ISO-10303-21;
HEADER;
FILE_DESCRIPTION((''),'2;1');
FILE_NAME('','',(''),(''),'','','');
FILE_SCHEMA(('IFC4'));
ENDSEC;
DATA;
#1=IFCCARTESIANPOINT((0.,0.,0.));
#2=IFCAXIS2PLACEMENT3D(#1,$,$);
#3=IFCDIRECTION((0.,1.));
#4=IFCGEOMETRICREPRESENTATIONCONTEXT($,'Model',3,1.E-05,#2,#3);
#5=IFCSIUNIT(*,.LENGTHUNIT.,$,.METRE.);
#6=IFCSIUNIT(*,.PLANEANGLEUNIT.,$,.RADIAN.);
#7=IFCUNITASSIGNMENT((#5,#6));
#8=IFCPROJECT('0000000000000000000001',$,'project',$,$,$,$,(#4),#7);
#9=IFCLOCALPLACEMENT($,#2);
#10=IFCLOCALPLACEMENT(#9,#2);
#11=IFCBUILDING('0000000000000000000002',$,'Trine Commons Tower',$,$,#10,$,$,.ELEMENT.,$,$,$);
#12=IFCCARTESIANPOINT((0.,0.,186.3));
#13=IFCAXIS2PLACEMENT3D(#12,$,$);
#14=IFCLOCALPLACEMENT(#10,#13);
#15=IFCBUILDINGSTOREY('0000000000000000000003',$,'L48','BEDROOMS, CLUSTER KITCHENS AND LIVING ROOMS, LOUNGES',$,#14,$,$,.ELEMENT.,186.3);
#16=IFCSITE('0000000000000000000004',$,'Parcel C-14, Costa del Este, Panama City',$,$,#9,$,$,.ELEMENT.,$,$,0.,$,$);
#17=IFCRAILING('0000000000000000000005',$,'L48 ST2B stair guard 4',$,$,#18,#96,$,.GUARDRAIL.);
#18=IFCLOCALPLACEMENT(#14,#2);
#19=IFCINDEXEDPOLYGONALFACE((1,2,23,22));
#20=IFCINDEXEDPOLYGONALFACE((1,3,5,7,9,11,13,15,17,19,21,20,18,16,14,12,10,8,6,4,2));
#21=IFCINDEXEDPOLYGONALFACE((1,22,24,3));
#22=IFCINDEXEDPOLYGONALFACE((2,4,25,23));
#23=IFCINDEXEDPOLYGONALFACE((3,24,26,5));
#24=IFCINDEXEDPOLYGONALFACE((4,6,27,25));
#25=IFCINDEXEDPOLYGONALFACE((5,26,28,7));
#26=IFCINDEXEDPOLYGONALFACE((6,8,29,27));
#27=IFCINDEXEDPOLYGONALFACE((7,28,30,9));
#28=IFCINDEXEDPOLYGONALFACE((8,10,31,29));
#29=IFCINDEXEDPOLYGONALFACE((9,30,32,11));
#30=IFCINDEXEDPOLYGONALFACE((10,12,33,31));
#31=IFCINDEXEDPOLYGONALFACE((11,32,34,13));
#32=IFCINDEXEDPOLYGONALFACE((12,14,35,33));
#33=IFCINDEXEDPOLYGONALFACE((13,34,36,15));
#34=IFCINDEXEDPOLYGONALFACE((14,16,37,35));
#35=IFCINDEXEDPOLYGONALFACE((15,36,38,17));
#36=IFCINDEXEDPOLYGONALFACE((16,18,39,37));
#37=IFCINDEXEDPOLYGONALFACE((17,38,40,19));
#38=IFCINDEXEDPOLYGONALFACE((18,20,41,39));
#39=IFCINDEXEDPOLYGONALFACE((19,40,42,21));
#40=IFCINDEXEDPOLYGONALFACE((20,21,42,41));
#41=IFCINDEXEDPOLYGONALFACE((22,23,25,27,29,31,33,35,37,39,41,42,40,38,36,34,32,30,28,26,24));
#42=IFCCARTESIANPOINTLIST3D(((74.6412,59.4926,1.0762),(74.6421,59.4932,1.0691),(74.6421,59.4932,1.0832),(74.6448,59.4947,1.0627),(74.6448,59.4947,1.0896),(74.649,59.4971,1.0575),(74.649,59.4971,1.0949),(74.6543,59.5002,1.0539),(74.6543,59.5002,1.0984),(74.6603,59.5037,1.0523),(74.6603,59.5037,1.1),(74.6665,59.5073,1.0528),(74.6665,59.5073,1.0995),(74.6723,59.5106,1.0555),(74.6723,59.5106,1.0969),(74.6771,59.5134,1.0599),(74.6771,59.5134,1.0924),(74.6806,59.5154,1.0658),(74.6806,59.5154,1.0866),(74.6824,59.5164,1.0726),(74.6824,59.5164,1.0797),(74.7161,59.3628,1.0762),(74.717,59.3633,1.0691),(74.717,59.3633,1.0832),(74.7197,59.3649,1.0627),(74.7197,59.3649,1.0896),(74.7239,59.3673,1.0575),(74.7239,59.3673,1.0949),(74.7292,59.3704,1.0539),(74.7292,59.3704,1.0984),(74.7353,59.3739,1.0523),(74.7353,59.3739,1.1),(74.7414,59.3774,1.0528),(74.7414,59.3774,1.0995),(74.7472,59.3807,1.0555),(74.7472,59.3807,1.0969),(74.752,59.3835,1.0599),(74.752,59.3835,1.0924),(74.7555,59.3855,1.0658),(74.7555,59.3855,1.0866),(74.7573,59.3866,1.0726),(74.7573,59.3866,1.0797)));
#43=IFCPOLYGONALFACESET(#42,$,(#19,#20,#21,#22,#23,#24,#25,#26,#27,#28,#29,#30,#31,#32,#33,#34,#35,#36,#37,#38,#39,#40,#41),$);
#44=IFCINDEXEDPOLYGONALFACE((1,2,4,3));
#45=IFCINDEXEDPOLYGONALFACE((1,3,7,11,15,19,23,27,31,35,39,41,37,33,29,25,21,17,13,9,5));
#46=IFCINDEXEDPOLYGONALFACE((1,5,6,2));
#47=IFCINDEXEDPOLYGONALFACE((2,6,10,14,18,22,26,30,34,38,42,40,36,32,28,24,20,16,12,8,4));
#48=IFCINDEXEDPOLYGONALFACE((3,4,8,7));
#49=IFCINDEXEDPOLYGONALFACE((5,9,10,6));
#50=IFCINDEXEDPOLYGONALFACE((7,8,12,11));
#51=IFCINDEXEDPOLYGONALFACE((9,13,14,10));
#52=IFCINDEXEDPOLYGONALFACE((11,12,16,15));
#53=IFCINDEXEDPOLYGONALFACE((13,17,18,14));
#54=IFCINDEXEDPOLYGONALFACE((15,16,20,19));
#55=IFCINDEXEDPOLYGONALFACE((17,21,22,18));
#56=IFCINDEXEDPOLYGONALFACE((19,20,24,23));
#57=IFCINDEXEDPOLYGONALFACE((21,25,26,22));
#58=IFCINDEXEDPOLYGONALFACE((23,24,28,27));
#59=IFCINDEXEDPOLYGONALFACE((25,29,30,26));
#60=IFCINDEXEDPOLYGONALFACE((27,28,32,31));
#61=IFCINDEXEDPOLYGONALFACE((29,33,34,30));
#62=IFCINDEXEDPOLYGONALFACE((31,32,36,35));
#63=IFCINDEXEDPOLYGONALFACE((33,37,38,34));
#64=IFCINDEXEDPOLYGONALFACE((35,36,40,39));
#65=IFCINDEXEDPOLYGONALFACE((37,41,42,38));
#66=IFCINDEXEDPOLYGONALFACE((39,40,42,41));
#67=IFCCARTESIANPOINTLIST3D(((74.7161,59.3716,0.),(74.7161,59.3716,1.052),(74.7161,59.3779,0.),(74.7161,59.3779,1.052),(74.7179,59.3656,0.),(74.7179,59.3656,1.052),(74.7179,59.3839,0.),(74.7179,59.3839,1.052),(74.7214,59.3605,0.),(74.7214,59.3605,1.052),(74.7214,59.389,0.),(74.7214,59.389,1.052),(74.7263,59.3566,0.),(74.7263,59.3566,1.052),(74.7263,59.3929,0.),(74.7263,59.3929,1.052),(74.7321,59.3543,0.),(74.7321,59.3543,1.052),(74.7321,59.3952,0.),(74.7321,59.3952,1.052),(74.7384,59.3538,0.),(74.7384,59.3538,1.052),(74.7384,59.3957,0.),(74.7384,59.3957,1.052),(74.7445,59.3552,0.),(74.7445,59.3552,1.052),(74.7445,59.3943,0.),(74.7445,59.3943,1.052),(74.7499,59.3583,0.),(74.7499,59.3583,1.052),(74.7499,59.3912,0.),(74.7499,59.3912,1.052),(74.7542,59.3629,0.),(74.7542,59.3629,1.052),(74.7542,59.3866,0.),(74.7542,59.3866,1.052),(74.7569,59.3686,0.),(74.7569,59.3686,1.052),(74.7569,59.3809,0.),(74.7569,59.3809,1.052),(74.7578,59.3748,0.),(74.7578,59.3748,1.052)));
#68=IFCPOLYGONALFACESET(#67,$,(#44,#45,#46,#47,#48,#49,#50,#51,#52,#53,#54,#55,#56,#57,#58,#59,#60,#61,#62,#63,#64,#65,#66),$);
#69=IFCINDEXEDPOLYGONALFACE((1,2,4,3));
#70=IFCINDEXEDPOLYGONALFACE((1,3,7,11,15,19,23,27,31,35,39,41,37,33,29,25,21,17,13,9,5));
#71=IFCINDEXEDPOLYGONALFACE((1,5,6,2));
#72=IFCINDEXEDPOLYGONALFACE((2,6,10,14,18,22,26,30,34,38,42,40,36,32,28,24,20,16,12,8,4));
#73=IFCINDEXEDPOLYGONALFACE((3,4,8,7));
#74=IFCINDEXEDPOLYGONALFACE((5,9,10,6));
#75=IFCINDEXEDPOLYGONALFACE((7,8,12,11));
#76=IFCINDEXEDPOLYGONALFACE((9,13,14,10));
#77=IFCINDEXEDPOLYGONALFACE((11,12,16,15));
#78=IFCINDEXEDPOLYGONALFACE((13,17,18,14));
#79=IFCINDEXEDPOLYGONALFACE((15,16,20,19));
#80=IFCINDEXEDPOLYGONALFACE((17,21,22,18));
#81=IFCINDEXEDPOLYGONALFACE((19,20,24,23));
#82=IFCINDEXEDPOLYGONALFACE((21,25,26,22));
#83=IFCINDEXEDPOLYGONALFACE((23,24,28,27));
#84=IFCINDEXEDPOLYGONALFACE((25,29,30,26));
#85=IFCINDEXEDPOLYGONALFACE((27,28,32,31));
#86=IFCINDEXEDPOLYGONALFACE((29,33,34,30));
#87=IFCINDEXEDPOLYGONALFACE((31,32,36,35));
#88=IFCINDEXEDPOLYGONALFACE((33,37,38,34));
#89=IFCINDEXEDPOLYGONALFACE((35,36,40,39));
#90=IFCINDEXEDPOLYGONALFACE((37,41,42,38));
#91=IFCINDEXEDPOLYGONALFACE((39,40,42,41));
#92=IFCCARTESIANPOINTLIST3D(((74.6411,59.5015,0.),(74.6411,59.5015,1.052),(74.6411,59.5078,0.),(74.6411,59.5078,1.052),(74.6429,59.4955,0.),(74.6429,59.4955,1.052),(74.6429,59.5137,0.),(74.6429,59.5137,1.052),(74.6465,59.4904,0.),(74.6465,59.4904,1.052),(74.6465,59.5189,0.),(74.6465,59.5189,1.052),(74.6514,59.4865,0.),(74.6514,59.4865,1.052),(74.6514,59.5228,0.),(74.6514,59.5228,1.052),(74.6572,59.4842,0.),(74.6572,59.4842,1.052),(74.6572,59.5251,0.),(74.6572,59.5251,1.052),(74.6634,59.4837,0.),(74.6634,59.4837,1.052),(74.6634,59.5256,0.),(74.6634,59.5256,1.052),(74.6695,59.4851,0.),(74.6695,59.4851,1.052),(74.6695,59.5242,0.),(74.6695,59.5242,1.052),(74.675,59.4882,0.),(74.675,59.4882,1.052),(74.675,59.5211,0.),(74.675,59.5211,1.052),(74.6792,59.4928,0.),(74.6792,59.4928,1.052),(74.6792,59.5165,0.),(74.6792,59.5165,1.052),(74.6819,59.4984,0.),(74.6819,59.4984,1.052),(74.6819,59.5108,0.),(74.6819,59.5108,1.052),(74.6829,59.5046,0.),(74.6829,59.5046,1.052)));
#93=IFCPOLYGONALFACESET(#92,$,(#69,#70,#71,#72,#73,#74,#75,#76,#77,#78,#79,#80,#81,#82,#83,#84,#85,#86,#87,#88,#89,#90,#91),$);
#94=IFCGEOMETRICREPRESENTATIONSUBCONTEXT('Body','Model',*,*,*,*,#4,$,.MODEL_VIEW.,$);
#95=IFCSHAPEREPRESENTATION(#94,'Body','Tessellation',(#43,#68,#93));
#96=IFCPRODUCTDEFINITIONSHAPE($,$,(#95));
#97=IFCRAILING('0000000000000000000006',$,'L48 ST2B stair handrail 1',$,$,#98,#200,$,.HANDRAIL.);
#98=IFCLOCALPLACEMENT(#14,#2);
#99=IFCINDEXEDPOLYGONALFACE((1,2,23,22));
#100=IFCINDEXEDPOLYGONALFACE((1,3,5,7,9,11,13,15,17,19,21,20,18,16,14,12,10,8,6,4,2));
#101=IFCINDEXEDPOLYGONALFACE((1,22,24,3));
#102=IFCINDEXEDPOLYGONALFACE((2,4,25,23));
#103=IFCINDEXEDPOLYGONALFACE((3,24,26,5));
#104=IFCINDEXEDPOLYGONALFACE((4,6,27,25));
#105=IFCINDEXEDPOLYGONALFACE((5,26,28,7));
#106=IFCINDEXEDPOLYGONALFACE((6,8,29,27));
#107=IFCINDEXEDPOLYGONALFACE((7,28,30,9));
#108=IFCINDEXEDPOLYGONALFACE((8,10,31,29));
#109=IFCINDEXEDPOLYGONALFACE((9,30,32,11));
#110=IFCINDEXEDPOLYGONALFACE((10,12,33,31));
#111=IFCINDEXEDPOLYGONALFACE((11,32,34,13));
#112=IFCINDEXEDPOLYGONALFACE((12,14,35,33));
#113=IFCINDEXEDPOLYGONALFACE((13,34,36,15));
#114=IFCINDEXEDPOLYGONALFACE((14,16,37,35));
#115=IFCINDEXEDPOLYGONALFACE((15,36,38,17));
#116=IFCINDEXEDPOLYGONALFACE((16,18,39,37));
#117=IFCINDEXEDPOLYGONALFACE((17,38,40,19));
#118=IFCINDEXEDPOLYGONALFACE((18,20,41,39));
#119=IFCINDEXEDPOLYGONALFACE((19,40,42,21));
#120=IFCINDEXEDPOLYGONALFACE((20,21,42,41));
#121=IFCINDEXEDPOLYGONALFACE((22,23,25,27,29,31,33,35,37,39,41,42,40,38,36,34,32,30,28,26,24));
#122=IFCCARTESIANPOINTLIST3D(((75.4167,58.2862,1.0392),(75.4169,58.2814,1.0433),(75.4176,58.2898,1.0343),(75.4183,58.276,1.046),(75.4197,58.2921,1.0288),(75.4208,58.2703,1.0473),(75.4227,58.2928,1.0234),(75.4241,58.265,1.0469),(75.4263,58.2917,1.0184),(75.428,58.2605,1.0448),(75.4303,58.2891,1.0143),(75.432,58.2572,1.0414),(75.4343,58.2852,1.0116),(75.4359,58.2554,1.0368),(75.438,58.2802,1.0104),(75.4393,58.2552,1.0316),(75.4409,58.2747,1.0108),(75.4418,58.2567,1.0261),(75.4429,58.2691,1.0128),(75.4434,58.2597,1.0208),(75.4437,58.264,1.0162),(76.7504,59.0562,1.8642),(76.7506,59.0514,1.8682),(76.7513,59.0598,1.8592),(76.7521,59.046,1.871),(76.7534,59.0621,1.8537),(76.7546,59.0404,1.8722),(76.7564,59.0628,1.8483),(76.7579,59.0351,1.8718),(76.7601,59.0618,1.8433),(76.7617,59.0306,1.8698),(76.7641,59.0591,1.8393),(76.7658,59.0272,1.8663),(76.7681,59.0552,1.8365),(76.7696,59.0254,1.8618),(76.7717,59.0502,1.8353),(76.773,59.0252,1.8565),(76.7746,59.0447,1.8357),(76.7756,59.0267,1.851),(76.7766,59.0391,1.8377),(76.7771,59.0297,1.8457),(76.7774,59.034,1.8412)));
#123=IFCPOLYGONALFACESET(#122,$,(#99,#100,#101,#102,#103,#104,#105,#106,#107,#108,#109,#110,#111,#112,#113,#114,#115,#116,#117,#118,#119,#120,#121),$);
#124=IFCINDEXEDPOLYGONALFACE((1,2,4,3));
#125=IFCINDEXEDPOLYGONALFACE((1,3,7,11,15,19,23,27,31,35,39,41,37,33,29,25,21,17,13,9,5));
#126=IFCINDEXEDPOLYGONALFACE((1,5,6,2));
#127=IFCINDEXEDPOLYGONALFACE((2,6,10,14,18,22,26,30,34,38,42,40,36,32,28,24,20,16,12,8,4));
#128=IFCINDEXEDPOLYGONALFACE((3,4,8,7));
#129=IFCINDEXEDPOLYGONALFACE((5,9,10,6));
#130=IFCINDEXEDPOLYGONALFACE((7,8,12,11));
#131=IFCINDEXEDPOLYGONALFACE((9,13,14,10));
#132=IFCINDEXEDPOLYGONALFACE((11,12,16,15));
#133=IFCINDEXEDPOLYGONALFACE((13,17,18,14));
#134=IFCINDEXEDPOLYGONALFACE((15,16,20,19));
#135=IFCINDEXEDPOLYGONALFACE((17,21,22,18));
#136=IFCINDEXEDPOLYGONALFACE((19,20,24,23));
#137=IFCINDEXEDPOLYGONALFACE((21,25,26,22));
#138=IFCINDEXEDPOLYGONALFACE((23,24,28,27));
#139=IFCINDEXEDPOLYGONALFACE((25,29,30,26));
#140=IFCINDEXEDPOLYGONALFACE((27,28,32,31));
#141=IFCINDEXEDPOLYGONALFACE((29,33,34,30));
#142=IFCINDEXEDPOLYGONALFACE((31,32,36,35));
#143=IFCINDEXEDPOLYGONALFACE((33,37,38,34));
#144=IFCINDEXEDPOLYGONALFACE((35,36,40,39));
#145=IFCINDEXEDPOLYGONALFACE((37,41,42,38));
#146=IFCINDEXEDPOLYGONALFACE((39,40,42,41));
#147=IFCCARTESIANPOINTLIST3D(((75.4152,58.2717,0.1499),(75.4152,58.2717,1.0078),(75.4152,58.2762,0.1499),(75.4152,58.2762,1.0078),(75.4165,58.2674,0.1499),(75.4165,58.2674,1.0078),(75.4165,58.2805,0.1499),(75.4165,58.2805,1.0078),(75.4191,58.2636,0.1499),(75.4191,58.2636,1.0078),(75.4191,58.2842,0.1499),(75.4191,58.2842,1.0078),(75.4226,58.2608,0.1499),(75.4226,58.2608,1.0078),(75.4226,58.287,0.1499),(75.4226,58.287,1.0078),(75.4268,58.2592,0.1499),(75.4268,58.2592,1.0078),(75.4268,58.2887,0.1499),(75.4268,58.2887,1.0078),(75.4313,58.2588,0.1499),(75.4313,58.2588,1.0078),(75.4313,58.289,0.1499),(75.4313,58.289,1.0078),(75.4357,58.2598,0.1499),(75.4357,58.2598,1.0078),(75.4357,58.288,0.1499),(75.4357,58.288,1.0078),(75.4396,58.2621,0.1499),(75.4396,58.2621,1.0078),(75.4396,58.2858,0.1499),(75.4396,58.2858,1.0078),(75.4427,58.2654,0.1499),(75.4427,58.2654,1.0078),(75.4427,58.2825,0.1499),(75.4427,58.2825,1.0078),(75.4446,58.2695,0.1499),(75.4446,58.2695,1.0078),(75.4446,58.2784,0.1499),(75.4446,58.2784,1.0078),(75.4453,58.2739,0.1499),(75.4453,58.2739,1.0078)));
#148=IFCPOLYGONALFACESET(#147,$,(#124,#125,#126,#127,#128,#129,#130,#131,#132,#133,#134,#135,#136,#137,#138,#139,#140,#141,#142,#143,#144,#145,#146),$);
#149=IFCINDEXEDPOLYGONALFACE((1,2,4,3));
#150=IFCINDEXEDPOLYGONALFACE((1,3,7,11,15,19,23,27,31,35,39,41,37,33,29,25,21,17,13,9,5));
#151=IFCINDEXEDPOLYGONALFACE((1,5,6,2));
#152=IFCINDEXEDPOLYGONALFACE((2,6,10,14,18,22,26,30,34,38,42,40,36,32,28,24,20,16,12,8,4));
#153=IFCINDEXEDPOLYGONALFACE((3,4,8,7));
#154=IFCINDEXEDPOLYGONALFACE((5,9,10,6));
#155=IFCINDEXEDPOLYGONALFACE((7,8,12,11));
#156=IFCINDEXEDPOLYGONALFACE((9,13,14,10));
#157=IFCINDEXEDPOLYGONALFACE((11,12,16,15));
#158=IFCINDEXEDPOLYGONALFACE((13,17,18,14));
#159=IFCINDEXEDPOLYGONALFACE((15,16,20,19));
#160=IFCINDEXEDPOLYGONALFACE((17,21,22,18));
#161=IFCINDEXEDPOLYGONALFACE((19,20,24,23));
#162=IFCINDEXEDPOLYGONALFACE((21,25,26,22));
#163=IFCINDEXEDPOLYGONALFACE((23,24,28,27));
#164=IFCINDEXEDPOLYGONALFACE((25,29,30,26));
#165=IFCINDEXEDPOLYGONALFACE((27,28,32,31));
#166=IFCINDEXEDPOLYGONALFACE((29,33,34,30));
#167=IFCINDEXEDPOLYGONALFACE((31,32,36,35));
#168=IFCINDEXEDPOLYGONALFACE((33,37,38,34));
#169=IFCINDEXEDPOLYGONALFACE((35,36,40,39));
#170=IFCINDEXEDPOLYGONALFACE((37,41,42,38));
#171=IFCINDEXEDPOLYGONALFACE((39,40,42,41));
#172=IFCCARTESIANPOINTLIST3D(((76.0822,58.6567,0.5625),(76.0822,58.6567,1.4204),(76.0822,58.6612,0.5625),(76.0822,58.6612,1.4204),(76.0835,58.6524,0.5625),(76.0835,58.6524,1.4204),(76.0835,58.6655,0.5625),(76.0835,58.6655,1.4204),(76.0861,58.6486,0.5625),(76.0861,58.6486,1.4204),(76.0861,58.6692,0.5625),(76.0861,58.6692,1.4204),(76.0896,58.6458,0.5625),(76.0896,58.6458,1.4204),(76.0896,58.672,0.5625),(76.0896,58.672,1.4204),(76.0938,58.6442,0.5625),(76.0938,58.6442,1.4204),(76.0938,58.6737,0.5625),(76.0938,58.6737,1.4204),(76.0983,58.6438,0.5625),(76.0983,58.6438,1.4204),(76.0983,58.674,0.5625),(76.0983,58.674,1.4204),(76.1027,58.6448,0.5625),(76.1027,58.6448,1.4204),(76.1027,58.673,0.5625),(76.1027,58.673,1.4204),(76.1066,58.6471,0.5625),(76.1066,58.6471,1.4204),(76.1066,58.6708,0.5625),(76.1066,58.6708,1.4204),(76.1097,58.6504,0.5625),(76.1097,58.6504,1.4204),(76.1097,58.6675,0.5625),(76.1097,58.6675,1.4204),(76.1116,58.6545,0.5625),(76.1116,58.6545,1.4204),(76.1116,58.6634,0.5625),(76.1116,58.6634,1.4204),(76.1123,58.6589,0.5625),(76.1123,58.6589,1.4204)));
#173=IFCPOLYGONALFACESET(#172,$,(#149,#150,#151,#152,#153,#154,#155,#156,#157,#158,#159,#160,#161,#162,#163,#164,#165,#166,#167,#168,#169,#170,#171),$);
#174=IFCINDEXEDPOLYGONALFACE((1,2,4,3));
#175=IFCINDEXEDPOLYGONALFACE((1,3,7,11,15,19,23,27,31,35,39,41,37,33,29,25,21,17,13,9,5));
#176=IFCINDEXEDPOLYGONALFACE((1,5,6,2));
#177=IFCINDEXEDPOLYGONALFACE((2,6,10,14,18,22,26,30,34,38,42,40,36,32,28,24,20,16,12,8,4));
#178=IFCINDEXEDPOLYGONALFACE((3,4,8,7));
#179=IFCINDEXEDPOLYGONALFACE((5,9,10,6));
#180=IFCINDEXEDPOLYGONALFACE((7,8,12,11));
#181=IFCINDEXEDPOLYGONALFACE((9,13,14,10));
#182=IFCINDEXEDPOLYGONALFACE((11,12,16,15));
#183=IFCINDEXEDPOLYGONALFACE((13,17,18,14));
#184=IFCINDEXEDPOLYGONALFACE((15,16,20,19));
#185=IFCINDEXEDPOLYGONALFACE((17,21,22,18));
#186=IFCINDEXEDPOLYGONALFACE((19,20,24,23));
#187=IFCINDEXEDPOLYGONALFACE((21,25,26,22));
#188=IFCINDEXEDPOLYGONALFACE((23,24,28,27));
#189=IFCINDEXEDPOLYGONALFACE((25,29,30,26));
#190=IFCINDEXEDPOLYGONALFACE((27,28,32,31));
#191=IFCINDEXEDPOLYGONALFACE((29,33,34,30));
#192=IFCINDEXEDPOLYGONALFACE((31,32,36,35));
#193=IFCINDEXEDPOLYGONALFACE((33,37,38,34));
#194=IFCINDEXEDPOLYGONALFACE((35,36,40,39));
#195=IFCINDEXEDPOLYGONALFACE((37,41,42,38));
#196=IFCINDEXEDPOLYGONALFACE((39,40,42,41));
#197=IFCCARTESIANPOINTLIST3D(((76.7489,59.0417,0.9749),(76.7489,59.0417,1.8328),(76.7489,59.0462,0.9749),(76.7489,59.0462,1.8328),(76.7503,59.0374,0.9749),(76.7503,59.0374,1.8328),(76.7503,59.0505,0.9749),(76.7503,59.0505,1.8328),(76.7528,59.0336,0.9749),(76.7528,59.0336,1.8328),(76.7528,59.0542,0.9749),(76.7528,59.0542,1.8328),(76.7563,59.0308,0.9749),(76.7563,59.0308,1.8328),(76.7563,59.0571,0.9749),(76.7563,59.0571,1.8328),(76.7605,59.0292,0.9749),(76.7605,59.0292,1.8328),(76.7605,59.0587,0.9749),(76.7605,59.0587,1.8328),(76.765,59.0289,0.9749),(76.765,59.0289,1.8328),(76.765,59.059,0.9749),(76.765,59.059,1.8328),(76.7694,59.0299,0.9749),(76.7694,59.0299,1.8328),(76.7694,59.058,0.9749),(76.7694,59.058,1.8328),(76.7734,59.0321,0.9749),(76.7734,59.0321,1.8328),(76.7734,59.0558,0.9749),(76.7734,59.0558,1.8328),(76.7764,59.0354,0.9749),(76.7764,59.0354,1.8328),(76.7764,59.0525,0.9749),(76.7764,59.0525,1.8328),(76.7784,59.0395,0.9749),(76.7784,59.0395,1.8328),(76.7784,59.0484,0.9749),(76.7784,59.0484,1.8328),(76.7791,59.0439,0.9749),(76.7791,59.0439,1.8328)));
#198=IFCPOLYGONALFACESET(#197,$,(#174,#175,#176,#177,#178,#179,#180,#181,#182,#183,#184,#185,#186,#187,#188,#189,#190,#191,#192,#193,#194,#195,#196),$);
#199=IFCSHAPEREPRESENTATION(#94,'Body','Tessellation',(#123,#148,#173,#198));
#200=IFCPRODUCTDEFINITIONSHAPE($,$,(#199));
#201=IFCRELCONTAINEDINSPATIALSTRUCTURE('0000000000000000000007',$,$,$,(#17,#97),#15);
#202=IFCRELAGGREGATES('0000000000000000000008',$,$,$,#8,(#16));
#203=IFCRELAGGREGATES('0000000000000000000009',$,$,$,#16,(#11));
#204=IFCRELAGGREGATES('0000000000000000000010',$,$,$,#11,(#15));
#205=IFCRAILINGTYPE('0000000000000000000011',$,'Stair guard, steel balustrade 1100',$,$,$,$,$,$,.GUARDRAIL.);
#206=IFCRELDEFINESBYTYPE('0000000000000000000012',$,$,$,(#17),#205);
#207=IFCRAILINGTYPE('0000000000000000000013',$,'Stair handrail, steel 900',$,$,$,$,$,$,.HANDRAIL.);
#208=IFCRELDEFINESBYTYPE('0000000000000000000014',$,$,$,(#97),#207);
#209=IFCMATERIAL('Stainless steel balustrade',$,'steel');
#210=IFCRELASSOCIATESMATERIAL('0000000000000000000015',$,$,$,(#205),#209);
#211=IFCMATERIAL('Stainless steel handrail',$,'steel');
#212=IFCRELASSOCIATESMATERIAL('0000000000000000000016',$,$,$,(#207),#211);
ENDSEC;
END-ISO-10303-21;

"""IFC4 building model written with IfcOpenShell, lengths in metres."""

from ifc_helpers import new_model, si_unit, direction, frame, origin, origin_2d, place, context, subcontext, project, spatial, circle, extrude, material, type_object, element, save


model = new_model("IFC4")

# Units and contexts
model_context = context("Model", 3, precision=1e-05, world=origin(), true_north=direction((0.0, 1.0)))
body_context = subcontext(model_context, "Body", "Model", "MODEL_VIEW")
ifc_project = project(units=[si_unit("LENGTHUNIT", "METRE"), si_unit("PLANEANGLEUNIT", "RADIAN")], contexts=[model_context])

# Site, building, storey
site_placement = place(None, origin())
site = spatial("IfcSite", under=ifc_project, at=site_placement, Name="Parcel C-14, Costa del Este, Panama City", CompositionType="ELEMENT", RefElevation=0.0)
building_placement = place(site_placement, origin())
building = spatial("IfcBuilding", under=site, at=building_placement, Name="Trine Commons Tower", CompositionType="ELEMENT")
storey_placement = place(building_placement, frame((0.0, 0.0, 186.3)))
storey = spatial("IfcBuildingStorey", under=building, at=storey_placement, Name="L48", Description="BEDROOMS, CLUSTER KITCHENS AND LIVING ROOMS, LOUNGES", CompositionType="ELEMENT", Elevation=186.3)

# Railings
ifc_material_1 = material(Name="Stainless steel balustrade", Category="steel")
railing_type_1 = type_object("IfcRailingType", Name="Stair guard, steel balustrade 1100", PredefinedType="GUARDRAIL", material=ifc_material_1)
railing_1_placement = place(storey_placement, frame((74.7368, 59.3748, 0.0)))
element("IfcRailing", 1, at=railing_1_placement, inside=storey, type_object=railing_type_1, Name="L48 ST2B stair guard 4", PredefinedType="GUARDRAIL", context=body_context, shape_type="SweptSolid", body=[
    extrude(circle(Radius=0.0239, at=origin_2d()), frame((0.0, 0.0, 1.0762), z_axis=(-0.499816, 0.866131, 0.0), x_axis=(-0.866131, -0.499816, 0.0)), (0.0, 0.0, 1.0), 0.1499),
    extrude(circle(Radius=0.021, at=origin_2d()), origin(), (0.0, 0.0, 1.0), 1.052),
    extrude(circle(Radius=0.021, at=origin_2d()), frame((-0.075, 0.1299, 0.0)), (0.0, 0.0, 1.0), 1.052),
])
ifc_material_2 = material(Name="Stainless steel handrail", Category="steel")
railing_type_2 = type_object("IfcRailingType", Name="Stair handrail, steel 900", PredefinedType="HANDRAIL", material=ifc_material_2)
railing_2_placement = place(storey_placement, frame((75.4302, 58.2739, 0.1499)))
element("IfcRailing", 2, at=railing_2_placement, inside=storey, type_object=railing_type_2, Name="L48 ST2B stair handrail 1", PredefinedType="HANDRAIL", context=body_context, shape_type="SweptSolid", body=[
    extrude(circle(Radius=0.021, at=origin_2d()), frame((0.0, 0.0, 0.8789), z_axis=(0.763405, 0.440743, 0.472185), x_axis=(-0.499992, 0.86603, 0.0)), (0.0, 0.0, 1.0), 1.7471),
    extrude(circle(Radius=0.0151, at=origin_2d()), origin(), (0.0, 0.0, 1.0), 0.8579),
    extrude(circle(Radius=0.0151, at=origin_2d()), frame((0.667, 0.385, 0.4126)), (0.0, 0.0, 1.0), 0.8579),
    extrude(circle(Radius=0.0151, at=origin_2d()), frame((1.3337, 0.77, 0.825)), (0.0, 0.0, 1.0), 0.8579),
])

save(model, "model.ifc")
